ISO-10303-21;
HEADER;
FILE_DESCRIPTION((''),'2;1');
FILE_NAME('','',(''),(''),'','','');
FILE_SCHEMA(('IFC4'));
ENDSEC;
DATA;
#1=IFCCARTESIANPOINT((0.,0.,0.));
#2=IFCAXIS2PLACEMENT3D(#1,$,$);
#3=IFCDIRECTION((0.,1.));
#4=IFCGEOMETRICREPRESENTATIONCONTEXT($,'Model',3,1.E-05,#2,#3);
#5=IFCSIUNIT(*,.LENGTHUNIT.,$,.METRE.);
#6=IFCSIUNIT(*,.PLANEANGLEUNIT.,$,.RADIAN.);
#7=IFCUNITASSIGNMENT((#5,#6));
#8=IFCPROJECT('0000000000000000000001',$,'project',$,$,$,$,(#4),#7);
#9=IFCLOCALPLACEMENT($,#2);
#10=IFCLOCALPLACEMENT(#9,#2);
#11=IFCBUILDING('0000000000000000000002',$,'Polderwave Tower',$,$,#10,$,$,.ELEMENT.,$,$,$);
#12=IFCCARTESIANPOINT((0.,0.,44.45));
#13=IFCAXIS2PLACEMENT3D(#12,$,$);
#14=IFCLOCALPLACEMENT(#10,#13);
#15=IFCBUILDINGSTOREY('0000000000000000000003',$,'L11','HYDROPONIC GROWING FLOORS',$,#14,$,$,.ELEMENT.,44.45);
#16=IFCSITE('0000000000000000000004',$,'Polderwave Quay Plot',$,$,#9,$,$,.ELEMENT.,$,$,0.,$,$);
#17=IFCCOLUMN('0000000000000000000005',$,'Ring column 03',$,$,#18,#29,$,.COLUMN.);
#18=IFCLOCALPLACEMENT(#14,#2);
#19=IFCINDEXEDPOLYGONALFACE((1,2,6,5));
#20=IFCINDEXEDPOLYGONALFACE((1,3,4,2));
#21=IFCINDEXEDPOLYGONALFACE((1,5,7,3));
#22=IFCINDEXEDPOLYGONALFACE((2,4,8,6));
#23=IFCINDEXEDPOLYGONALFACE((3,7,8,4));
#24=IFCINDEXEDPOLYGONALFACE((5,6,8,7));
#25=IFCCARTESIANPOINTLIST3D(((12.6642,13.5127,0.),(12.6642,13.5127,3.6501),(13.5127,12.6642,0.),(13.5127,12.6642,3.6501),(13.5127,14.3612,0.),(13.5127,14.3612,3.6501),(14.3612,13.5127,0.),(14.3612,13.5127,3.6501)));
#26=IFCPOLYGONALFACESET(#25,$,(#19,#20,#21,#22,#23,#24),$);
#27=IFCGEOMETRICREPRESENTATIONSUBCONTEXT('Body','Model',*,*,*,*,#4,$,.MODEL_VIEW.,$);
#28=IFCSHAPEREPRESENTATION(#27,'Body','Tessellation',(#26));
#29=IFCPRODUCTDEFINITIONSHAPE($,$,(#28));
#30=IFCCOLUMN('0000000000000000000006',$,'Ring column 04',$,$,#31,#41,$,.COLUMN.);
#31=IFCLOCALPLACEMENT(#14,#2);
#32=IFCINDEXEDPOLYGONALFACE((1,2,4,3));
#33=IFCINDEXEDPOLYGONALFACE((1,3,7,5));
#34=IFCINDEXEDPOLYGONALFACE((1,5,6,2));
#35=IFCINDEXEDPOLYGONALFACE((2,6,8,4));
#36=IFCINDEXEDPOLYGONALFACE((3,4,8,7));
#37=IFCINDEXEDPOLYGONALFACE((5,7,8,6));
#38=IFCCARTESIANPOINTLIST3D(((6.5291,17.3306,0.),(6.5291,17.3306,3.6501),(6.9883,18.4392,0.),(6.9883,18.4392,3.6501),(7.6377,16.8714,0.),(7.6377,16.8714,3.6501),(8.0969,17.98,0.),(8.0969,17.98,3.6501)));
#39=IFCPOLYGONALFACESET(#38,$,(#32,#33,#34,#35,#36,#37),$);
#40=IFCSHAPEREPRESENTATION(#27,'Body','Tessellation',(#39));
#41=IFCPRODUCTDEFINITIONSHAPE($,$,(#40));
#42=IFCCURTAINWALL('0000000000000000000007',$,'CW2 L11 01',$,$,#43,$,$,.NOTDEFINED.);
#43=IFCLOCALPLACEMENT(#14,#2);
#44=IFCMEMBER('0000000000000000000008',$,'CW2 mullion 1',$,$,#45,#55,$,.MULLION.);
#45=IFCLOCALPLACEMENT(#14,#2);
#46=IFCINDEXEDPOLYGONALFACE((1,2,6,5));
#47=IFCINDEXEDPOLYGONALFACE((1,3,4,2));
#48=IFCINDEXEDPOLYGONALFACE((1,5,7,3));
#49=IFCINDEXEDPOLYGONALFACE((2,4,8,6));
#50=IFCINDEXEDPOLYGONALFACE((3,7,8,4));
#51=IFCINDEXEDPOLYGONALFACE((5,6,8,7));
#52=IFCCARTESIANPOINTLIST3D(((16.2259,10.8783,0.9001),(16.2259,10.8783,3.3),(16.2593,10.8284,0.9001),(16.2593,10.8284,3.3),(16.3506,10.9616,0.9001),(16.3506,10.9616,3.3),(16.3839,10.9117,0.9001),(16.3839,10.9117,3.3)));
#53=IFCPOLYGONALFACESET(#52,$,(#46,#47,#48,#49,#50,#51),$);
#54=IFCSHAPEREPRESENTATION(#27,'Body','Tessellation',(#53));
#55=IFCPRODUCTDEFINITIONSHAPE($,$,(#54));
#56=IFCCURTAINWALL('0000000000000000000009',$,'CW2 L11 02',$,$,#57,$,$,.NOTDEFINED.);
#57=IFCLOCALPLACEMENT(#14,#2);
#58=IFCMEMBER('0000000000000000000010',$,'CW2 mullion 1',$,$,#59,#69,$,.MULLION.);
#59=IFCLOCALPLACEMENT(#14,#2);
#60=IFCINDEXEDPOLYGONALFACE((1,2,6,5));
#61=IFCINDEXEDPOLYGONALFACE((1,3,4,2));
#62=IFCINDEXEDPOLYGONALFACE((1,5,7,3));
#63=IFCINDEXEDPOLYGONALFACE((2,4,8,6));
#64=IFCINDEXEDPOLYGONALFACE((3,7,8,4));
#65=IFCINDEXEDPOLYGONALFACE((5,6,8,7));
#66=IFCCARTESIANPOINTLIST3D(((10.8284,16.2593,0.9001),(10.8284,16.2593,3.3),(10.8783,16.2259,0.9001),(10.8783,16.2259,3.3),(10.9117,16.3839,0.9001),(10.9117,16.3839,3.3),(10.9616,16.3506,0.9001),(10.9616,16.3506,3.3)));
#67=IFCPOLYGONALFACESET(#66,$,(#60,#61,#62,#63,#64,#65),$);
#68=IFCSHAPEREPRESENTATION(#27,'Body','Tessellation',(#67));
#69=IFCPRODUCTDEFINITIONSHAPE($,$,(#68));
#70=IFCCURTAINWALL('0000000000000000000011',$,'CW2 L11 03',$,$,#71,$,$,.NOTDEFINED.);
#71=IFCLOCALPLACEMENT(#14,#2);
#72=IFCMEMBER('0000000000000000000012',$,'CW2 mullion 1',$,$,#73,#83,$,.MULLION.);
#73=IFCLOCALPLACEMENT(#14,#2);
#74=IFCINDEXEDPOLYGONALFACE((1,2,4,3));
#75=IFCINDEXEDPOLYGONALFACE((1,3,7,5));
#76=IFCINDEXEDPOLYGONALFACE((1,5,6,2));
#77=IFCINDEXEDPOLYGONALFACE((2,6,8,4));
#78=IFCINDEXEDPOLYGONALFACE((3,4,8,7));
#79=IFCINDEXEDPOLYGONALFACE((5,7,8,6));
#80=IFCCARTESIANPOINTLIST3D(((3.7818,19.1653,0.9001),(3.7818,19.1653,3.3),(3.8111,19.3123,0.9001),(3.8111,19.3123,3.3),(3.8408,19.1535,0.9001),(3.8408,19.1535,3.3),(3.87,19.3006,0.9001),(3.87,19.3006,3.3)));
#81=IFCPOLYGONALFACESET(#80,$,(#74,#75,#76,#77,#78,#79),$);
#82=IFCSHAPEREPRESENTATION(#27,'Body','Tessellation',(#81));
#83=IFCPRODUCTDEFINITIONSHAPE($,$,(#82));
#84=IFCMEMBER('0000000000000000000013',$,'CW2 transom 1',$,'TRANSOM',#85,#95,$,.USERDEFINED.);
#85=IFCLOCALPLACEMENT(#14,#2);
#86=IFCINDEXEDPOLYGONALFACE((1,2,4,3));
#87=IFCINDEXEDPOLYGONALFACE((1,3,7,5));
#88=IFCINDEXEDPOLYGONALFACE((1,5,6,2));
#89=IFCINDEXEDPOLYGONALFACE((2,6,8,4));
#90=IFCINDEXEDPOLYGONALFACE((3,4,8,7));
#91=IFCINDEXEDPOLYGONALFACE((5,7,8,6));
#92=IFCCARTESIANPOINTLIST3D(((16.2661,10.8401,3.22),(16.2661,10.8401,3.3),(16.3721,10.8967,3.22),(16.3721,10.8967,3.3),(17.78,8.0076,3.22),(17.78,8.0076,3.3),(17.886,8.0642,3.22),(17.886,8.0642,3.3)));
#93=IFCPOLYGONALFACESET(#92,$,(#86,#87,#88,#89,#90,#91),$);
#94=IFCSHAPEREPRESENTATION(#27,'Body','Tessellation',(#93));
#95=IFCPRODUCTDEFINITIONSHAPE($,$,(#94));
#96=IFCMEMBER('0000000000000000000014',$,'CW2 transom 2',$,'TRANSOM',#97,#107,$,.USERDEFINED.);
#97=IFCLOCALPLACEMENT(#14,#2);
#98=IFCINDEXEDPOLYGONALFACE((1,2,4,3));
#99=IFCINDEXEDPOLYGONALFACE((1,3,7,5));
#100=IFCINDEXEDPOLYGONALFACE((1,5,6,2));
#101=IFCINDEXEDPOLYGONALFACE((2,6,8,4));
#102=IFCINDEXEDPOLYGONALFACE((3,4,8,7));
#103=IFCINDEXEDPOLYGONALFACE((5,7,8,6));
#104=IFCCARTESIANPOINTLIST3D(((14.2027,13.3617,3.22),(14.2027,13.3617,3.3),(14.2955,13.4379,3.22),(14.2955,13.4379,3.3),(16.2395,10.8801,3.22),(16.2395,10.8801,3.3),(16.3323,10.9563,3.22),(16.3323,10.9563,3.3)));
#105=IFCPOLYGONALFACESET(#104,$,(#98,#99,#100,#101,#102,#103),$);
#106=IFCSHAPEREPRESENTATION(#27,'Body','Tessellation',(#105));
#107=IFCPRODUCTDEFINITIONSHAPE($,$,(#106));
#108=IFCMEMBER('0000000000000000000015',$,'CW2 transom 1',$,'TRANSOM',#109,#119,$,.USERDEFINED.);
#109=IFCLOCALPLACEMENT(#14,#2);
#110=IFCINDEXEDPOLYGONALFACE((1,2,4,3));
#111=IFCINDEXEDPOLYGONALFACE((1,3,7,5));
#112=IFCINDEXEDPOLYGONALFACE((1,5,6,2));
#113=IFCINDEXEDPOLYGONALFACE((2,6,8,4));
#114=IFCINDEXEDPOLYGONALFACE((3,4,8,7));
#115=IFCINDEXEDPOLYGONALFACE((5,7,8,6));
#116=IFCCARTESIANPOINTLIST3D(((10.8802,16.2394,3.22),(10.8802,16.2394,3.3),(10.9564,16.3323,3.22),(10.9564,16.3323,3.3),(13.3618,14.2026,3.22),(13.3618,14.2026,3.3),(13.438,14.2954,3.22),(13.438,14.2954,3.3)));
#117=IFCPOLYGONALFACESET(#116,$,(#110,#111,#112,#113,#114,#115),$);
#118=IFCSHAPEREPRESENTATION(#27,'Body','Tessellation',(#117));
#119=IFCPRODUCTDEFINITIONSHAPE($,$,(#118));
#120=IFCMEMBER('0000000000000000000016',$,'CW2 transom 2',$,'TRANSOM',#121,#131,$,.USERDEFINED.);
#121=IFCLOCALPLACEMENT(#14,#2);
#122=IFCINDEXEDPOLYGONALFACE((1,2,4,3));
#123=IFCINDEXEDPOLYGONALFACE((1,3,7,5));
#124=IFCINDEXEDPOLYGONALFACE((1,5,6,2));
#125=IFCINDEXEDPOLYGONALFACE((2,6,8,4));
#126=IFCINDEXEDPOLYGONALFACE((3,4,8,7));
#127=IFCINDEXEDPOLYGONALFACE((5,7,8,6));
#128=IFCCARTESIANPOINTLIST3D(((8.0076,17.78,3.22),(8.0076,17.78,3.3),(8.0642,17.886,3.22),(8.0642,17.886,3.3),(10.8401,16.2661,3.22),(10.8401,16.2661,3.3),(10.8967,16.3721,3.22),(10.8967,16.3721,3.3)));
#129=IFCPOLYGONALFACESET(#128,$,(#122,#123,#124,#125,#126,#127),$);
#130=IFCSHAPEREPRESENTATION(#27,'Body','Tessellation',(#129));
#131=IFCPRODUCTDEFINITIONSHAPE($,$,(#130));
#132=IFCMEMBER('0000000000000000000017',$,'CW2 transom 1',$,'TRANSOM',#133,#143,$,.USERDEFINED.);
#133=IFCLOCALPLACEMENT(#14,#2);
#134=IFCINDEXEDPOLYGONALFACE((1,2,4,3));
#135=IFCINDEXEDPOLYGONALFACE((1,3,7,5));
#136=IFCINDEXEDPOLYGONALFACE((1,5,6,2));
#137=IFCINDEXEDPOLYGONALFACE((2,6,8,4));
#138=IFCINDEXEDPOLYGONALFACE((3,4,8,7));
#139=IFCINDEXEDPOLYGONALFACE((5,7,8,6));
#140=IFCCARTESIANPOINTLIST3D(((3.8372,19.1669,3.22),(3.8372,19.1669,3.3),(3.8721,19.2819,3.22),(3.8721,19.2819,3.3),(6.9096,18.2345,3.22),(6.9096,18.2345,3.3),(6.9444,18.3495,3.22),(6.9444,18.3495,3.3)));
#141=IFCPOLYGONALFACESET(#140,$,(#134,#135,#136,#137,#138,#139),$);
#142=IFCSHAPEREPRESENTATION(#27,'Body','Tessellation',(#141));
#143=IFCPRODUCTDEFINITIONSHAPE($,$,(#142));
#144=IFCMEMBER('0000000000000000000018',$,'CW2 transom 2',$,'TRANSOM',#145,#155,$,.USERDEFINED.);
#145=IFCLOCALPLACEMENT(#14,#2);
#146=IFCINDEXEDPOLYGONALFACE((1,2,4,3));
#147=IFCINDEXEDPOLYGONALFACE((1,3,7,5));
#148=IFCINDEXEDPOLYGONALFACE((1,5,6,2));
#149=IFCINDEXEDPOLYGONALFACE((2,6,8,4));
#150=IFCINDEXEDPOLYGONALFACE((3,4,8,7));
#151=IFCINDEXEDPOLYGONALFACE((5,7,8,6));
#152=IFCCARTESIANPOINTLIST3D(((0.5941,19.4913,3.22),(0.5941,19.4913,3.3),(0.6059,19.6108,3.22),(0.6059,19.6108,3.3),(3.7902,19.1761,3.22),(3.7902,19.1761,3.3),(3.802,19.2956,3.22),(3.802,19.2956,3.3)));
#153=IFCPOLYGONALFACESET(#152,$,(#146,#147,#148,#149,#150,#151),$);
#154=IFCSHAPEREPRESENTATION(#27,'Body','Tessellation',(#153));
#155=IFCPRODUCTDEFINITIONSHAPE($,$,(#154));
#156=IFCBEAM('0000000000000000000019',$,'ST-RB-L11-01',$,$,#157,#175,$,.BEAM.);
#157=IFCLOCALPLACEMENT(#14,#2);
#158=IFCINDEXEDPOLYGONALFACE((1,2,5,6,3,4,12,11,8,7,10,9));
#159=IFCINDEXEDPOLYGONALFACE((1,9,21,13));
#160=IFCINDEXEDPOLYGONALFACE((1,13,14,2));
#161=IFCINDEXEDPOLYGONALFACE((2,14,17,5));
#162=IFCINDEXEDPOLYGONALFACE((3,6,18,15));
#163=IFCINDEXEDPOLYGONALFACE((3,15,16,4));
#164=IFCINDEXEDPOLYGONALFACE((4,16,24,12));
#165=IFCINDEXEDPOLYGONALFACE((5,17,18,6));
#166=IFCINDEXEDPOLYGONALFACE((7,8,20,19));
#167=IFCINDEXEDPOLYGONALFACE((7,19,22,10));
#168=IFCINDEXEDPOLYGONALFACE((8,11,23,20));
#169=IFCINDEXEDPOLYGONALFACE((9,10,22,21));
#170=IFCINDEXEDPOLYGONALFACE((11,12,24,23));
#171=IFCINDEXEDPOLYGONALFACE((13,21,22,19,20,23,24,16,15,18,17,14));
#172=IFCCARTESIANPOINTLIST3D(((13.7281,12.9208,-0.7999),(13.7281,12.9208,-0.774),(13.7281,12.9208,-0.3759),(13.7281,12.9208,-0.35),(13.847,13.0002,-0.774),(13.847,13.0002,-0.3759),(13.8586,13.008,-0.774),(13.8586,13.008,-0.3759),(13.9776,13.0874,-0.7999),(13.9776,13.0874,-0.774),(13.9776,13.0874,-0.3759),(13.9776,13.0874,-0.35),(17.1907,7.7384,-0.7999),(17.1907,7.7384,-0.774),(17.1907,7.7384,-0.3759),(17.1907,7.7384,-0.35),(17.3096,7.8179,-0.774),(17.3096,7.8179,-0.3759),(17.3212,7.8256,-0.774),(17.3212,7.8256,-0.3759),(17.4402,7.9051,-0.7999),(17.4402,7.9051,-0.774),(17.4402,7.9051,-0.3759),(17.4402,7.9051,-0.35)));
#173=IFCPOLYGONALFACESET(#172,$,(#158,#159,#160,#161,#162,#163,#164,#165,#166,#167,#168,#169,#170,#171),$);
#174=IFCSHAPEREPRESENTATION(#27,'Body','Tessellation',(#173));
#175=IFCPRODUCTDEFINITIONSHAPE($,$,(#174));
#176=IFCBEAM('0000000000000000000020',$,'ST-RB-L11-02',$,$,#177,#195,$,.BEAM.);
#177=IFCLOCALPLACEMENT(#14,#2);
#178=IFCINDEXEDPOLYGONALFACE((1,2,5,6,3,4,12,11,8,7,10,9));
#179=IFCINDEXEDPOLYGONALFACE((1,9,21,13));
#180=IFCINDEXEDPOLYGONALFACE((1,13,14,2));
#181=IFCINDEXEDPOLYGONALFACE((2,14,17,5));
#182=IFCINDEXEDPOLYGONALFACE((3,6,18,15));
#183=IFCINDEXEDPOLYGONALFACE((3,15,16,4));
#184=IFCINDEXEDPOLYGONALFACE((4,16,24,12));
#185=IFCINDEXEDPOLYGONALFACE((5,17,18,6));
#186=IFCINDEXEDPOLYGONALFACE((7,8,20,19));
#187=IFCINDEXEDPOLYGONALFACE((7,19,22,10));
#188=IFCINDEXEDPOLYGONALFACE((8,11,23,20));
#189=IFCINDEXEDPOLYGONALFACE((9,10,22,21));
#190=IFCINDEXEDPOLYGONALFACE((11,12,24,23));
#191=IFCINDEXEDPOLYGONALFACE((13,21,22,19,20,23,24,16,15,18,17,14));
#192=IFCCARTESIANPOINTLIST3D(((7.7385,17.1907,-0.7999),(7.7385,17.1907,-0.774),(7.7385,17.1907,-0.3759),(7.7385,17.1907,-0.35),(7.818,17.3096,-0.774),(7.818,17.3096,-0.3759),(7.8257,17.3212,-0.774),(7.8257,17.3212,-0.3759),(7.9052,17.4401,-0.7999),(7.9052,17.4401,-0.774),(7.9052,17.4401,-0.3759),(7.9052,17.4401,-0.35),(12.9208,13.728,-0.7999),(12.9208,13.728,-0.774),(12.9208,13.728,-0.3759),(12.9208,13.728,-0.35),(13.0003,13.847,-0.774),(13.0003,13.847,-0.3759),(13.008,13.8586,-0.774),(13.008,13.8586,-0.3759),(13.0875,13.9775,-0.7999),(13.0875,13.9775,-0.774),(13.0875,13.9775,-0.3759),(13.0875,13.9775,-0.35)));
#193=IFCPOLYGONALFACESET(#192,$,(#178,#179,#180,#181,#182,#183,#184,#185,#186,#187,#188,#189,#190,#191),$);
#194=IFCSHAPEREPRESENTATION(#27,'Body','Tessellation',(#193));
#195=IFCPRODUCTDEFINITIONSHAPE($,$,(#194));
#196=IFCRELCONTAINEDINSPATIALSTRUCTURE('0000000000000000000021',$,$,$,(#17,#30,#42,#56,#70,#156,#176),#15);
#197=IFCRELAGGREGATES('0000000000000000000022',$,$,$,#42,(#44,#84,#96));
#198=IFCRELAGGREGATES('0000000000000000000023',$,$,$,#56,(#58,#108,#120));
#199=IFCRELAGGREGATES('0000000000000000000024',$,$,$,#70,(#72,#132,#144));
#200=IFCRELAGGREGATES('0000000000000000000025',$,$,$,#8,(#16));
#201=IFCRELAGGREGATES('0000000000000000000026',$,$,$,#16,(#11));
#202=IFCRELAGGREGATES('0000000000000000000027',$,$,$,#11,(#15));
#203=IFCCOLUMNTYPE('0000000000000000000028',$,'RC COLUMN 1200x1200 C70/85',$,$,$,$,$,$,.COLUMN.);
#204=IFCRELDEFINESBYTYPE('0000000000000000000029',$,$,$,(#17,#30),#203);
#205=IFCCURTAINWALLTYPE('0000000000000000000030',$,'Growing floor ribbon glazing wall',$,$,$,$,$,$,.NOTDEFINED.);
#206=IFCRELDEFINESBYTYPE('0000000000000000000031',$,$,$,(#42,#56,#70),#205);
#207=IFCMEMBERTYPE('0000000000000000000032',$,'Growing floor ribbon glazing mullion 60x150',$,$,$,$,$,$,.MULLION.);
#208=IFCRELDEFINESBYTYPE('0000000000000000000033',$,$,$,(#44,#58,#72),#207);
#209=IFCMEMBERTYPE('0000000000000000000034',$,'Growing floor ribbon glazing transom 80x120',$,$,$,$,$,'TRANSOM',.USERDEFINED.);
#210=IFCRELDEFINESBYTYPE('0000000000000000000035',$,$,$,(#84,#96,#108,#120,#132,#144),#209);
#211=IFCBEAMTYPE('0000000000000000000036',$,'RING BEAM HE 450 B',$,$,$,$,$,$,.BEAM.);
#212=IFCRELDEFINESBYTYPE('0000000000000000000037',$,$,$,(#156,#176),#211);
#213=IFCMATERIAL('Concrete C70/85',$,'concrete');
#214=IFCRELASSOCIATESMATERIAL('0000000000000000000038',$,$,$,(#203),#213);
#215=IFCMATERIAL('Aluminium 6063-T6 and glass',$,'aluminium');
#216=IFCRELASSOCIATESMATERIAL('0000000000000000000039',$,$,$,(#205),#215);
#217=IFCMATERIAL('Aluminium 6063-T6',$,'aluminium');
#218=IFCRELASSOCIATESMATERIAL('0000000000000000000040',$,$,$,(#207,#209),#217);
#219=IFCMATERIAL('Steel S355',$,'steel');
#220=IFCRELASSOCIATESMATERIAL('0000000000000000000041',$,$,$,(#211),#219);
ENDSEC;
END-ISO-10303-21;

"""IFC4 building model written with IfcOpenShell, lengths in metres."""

from ifc_helpers import new_model, si_unit, direction, frame, origin, origin_2d, place, context, subcontext, project, spatial, rectangle, i_section, extrude, material, material_profile, profile_set, type_object, element, aggregate, save


model = new_model("IFC4")

# Units and contexts
model_context = context("Model", 3, precision=1e-05, world=origin(), true_north=direction((0.0, 1.0)))
body_context = subcontext(model_context, "Body", "Model", "MODEL_VIEW")
ifc_project = project(units=[si_unit("LENGTHUNIT", "METRE"), si_unit("PLANEANGLEUNIT", "RADIAN")], contexts=[model_context])

# Site, building, storey
site_placement = place(None, origin())
site = spatial("IfcSite", under=ifc_project, at=site_placement, Name="Polderwave Quay Plot", CompositionType="ELEMENT", RefElevation=0.0)
building_placement = place(site_placement, origin())
building = spatial("IfcBuilding", under=site, at=building_placement, Name="Polderwave Tower", CompositionType="ELEMENT")
storey_placement = place(building_placement, frame((0.0, 0.0, 44.45)))
storey = spatial("IfcBuildingStorey", under=building, at=storey_placement, Name="L11", Description="HYDROPONIC GROWING FLOORS", CompositionType="ELEMENT", Elevation=44.45)

# Columns
ifc_material_1 = material(Name="Concrete C70/85", Category="concrete")
ifc_material_profile_1 = material_profile(ifc_material_1, rectangle(XDim=1.2, YDim=1.2, at=origin_2d()), Name="RC 1200x1200")
ifc_profile_set_1 = profile_set([ifc_material_profile_1], Name="Concrete C70/85")
column_type = type_object("IfcColumnType", Name="RC COLUMN 1200x1200 C70/85", PredefinedType="COLUMN", material=ifc_profile_set_1)
for number, where, z_axis, x_axis, name in (
    (1, (13.5127, 13.5127, 0.0), (0.0, 0.0, 1.0), (0.707107, 0.707107, 0.0), "Ring column 03"),
    (2, (7.313, 17.6553, 0.0), (0.0, 0.0, 1.0), (0.382683, 0.92388, 0.0), "Ring column 04"),
):
    element("IfcColumn", number, at=place(storey_placement, frame(where, z_axis=z_axis, x_axis=x_axis)), inside=storey, type_object=column_type, Name=name, PredefinedType="COLUMN", context=body_context, shape_type="SweptSolid", body=[
        extrude(rectangle(XDim=1.2, YDim=1.2, at=origin_2d()), origin(), (0.0, 0.0, 1.0), 3.6501),
    ])

# Curtain walls, members
ifc_material_2 = material(Name="Aluminium 6063-T6 and glass", Category="aluminium")
curtain_wall_type = type_object("IfcCurtainWallType", Name="Growing floor ribbon glazing wall", PredefinedType="NOTDEFINED", material=ifc_material_2)
curtain_wall_1_placement = place(storey_placement, origin())
curtain_wall_1 = element("IfcCurtainWall", 3, at=curtain_wall_1_placement, inside=storey, type_object=curtain_wall_type, Name="CW2 L11 01", PredefinedType="NOTDEFINED")
ifc_material_3 = material(Name="Aluminium 6063-T6", Category="aluminium")
ifc_material_profile_2 = material_profile(ifc_material_3, rectangle(XDim=0.1499, YDim=0.0601, at=origin_2d()), Name="AL 60x150")
ifc_profile_set_2 = profile_set([ifc_material_profile_2], Name="Aluminium 6063-T6")
member_type_1 = type_object("IfcMemberType", Name="Growing floor ribbon glazing mullion 60x150", PredefinedType="MULLION", material=ifc_profile_set_2)
member_1_placement = place(storey_placement, frame((16.3049, 10.895, 0.9001), z_axis=(0.0, 0.0, 1.0), x_axis=(-0.831469, -0.555572, 0.0)))
member_1 = element("IfcMember", 4, at=member_1_placement, type_object=member_type_1, Name="CW2 mullion 1", PredefinedType="MULLION", context=body_context, shape_type="SweptSolid", body=[
    extrude(rectangle(XDim=0.1499, YDim=0.0601, at=origin_2d()), origin(), (0.0, 0.0, 1.0), 2.3999),
])
curtain_wall_2_placement = place(storey_placement, origin())
curtain_wall_2 = element("IfcCurtainWall", 5, at=curtain_wall_2_placement, inside=storey, type_object=curtain_wall_type, Name="CW2 L11 02", PredefinedType="NOTDEFINED")
member_2_placement = place(storey_placement, frame((10.895, 16.3049, 0.9001), z_axis=(0.0, 0.0, 1.0), x_axis=(-0.555572, -0.831469, 0.0)))
member_2 = element("IfcMember", 6, at=member_2_placement, type_object=member_type_1, Name="CW2 mullion 1", PredefinedType="MULLION", context=body_context, shape_type="SweptSolid", body=[
    extrude(rectangle(XDim=0.1499, YDim=0.0601, at=origin_2d()), origin(), (0.0, 0.0, 1.0), 2.3999),
])
curtain_wall_3_placement = place(storey_placement, origin())
curtain_wall_3 = element("IfcCurtainWall", 7, at=curtain_wall_3_placement, inside=storey, type_object=curtain_wall_type, Name="CW2 L11 03", PredefinedType="NOTDEFINED")
member_3_placement = place(storey_placement, frame((3.8259, 19.2329, 0.9001), z_axis=(0.0, 0.0, 1.0), x_axis=(-0.195178, -0.980768, 0.0)))
member_3 = element("IfcMember", 8, at=member_3_placement, type_object=member_type_1, Name="CW2 mullion 1", PredefinedType="MULLION", context=body_context, shape_type="SweptSolid", body=[
    extrude(rectangle(XDim=0.1499, YDim=0.0601, at=origin_2d()), origin(), (0.0, 0.0, 1.0), 2.3999),
])

# Members
ifc_material_profile_3 = material_profile(ifc_material_3, rectangle(XDim=0.1201, YDim=0.0801, at=origin_2d()), Name="AL 80x120")
ifc_profile_set_3 = profile_set([ifc_material_profile_3], Name="Aluminium 6063-T6")
member_type_2 = type_object("IfcMemberType", Name="Growing floor ribbon glazing transom 80x120", ElementType="TRANSOM", PredefinedType="USERDEFINED", material=ifc_profile_set_3)
member_4_placement = place(storey_placement, frame((17.833, 8.0359, 3.26), z_axis=(-0.471373, 0.881934, 0.0), x_axis=(-0.881934, -0.471373, 0.0)))
member_4 = element("IfcMember", 9, at=member_4_placement, type_object=member_type_2, Name="CW2 transom 1", ObjectType="TRANSOM", PredefinedType="USERDEFINED", context=body_context, shape_type="SweptSolid", body=[
    extrude(rectangle(XDim=0.1201, YDim=0.0801, at=origin_2d()), origin(), (0.0, 0.0, 1.0), 3.2117),
])
member_5_placement = place(storey_placement, frame((16.2859, 10.9182, 3.26), z_axis=(-0.63443, 0.772981, 0.0), x_axis=(-0.772981, -0.63443, 0.0)))
member_5 = element("IfcMember", 10, at=member_5_placement, type_object=member_type_2, Name="CW2 transom 2", ObjectType="TRANSOM", PredefinedType="USERDEFINED", context=body_context, shape_type="SweptSolid", body=[
    extrude(rectangle(XDim=0.1201, YDim=0.0801, at=origin_2d()), origin(), (0.0, 0.0, 1.0), 3.2104),
])
member_6_placement = place(storey_placement, frame((13.3999, 14.249, 3.26), z_axis=(-0.772981, 0.63443, 0.0), x_axis=(-0.63443, -0.772981, 0.0)))
member_6 = element("IfcMember", 11, at=member_6_placement, type_object=member_type_2, Name="CW2 transom 1", ObjectType="TRANSOM", PredefinedType="USERDEFINED", context=body_context, shape_type="SweptSolid", body=[
    extrude(rectangle(XDim=0.1201, YDim=0.0801, at=origin_2d()), origin(), (0.0, 0.0, 1.0), 3.2104),
])
member_7_placement = place(storey_placement, frame((10.8684, 16.3191, 3.26), z_axis=(-0.881934, 0.471373, 0.0), x_axis=(-0.471373, -0.881934, 0.0)))
member_7 = element("IfcMember", 12, at=member_7_placement, type_object=member_type_2, Name="CW2 transom 2", ObjectType="TRANSOM", PredefinedType="USERDEFINED", context=body_context, shape_type="SweptSolid", body=[
    extrude(rectangle(XDim=0.1201, YDim=0.0801, at=origin_2d()), origin(), (0.0, 0.0, 1.0), 3.2117),
])
member_8_placement = place(storey_placement, frame((6.927, 18.292, 3.26), z_axis=(-0.956905, 0.290402, 0.0), x_axis=(-0.290402, -0.956905, 0.0)))
member_8 = element("IfcMember", 13, at=member_8_placement, type_object=member_type_2, Name="CW2 transom 1", ObjectType="TRANSOM", PredefinedType="USERDEFINED", context=body_context, shape_type="SweptSolid", body=[
    extrude(rectangle(XDim=0.1201, YDim=0.0801, at=origin_2d()), origin(), (0.0, 0.0, 1.0), 3.2107),
])
member_9_placement = place(storey_placement, frame((3.7961, 19.2358, 3.26), z_axis=(-0.995172, 0.098141, 0.0), x_axis=(-0.098141, -0.995172, 0.0)))
member_9 = element("IfcMember", 14, at=member_9_placement, type_object=member_type_2, Name="CW2 transom 2", ObjectType="TRANSOM", PredefinedType="USERDEFINED", context=body_context, shape_type="SweptSolid", body=[
    extrude(rectangle(XDim=0.1201, YDim=0.0801, at=origin_2d()), origin(), (0.0, 0.0, 1.0), 3.2117),
])

# Beams
ifc_material_4 = material(Name="Steel S355", Category="steel")
ifc_material_profile_4 = material_profile(ifc_material_4, i_section(OverallWidth=0.3, OverallDepth=0.45, WebThickness=0.0139, FlangeThickness=0.0259, at=origin_2d()), Name="HE 450 B")
ifc_profile_set_4 = profile_set([ifc_material_profile_4], Name="Steel S355")
beam_type = type_object("IfcBeamType", Name="RING BEAM HE 450 B", PredefinedType="BEAM", material=ifc_profile_set_4)
for number, where, z_axis, x_axis, name in (
    (15, (17.3154, 7.8218, -0.575), (-0.555559, 0.831477, 0.0), (-0.831477, -0.555559, 0.0), "ST-RB-L11-01"),
    (16, (13.0042, 13.8528, -0.575), (-0.831477, 0.555559, 0.0), (-0.555559, -0.831477, 0.0), "ST-RB-L11-02"),
):
    element("IfcBeam", number, at=place(storey_placement, frame(where, z_axis=z_axis, x_axis=x_axis)), inside=storey, type_object=beam_type, Name=name, PredefinedType="BEAM", context=body_context, shape_type="SweptSolid", body=[
        extrude(i_section(OverallWidth=0.3, OverallDepth=0.45, WebThickness=0.0139, FlangeThickness=0.0259, at=origin_2d()), origin(), (0.0, 0.0, 1.0), 6.2327),
    ])

aggregate(curtain_wall_1, [member_1, member_4, member_5])
aggregate(curtain_wall_2, [member_2, member_6, member_7])
aggregate(curtain_wall_3, [member_3, member_8, member_9])

save(model, "model.ifc")
